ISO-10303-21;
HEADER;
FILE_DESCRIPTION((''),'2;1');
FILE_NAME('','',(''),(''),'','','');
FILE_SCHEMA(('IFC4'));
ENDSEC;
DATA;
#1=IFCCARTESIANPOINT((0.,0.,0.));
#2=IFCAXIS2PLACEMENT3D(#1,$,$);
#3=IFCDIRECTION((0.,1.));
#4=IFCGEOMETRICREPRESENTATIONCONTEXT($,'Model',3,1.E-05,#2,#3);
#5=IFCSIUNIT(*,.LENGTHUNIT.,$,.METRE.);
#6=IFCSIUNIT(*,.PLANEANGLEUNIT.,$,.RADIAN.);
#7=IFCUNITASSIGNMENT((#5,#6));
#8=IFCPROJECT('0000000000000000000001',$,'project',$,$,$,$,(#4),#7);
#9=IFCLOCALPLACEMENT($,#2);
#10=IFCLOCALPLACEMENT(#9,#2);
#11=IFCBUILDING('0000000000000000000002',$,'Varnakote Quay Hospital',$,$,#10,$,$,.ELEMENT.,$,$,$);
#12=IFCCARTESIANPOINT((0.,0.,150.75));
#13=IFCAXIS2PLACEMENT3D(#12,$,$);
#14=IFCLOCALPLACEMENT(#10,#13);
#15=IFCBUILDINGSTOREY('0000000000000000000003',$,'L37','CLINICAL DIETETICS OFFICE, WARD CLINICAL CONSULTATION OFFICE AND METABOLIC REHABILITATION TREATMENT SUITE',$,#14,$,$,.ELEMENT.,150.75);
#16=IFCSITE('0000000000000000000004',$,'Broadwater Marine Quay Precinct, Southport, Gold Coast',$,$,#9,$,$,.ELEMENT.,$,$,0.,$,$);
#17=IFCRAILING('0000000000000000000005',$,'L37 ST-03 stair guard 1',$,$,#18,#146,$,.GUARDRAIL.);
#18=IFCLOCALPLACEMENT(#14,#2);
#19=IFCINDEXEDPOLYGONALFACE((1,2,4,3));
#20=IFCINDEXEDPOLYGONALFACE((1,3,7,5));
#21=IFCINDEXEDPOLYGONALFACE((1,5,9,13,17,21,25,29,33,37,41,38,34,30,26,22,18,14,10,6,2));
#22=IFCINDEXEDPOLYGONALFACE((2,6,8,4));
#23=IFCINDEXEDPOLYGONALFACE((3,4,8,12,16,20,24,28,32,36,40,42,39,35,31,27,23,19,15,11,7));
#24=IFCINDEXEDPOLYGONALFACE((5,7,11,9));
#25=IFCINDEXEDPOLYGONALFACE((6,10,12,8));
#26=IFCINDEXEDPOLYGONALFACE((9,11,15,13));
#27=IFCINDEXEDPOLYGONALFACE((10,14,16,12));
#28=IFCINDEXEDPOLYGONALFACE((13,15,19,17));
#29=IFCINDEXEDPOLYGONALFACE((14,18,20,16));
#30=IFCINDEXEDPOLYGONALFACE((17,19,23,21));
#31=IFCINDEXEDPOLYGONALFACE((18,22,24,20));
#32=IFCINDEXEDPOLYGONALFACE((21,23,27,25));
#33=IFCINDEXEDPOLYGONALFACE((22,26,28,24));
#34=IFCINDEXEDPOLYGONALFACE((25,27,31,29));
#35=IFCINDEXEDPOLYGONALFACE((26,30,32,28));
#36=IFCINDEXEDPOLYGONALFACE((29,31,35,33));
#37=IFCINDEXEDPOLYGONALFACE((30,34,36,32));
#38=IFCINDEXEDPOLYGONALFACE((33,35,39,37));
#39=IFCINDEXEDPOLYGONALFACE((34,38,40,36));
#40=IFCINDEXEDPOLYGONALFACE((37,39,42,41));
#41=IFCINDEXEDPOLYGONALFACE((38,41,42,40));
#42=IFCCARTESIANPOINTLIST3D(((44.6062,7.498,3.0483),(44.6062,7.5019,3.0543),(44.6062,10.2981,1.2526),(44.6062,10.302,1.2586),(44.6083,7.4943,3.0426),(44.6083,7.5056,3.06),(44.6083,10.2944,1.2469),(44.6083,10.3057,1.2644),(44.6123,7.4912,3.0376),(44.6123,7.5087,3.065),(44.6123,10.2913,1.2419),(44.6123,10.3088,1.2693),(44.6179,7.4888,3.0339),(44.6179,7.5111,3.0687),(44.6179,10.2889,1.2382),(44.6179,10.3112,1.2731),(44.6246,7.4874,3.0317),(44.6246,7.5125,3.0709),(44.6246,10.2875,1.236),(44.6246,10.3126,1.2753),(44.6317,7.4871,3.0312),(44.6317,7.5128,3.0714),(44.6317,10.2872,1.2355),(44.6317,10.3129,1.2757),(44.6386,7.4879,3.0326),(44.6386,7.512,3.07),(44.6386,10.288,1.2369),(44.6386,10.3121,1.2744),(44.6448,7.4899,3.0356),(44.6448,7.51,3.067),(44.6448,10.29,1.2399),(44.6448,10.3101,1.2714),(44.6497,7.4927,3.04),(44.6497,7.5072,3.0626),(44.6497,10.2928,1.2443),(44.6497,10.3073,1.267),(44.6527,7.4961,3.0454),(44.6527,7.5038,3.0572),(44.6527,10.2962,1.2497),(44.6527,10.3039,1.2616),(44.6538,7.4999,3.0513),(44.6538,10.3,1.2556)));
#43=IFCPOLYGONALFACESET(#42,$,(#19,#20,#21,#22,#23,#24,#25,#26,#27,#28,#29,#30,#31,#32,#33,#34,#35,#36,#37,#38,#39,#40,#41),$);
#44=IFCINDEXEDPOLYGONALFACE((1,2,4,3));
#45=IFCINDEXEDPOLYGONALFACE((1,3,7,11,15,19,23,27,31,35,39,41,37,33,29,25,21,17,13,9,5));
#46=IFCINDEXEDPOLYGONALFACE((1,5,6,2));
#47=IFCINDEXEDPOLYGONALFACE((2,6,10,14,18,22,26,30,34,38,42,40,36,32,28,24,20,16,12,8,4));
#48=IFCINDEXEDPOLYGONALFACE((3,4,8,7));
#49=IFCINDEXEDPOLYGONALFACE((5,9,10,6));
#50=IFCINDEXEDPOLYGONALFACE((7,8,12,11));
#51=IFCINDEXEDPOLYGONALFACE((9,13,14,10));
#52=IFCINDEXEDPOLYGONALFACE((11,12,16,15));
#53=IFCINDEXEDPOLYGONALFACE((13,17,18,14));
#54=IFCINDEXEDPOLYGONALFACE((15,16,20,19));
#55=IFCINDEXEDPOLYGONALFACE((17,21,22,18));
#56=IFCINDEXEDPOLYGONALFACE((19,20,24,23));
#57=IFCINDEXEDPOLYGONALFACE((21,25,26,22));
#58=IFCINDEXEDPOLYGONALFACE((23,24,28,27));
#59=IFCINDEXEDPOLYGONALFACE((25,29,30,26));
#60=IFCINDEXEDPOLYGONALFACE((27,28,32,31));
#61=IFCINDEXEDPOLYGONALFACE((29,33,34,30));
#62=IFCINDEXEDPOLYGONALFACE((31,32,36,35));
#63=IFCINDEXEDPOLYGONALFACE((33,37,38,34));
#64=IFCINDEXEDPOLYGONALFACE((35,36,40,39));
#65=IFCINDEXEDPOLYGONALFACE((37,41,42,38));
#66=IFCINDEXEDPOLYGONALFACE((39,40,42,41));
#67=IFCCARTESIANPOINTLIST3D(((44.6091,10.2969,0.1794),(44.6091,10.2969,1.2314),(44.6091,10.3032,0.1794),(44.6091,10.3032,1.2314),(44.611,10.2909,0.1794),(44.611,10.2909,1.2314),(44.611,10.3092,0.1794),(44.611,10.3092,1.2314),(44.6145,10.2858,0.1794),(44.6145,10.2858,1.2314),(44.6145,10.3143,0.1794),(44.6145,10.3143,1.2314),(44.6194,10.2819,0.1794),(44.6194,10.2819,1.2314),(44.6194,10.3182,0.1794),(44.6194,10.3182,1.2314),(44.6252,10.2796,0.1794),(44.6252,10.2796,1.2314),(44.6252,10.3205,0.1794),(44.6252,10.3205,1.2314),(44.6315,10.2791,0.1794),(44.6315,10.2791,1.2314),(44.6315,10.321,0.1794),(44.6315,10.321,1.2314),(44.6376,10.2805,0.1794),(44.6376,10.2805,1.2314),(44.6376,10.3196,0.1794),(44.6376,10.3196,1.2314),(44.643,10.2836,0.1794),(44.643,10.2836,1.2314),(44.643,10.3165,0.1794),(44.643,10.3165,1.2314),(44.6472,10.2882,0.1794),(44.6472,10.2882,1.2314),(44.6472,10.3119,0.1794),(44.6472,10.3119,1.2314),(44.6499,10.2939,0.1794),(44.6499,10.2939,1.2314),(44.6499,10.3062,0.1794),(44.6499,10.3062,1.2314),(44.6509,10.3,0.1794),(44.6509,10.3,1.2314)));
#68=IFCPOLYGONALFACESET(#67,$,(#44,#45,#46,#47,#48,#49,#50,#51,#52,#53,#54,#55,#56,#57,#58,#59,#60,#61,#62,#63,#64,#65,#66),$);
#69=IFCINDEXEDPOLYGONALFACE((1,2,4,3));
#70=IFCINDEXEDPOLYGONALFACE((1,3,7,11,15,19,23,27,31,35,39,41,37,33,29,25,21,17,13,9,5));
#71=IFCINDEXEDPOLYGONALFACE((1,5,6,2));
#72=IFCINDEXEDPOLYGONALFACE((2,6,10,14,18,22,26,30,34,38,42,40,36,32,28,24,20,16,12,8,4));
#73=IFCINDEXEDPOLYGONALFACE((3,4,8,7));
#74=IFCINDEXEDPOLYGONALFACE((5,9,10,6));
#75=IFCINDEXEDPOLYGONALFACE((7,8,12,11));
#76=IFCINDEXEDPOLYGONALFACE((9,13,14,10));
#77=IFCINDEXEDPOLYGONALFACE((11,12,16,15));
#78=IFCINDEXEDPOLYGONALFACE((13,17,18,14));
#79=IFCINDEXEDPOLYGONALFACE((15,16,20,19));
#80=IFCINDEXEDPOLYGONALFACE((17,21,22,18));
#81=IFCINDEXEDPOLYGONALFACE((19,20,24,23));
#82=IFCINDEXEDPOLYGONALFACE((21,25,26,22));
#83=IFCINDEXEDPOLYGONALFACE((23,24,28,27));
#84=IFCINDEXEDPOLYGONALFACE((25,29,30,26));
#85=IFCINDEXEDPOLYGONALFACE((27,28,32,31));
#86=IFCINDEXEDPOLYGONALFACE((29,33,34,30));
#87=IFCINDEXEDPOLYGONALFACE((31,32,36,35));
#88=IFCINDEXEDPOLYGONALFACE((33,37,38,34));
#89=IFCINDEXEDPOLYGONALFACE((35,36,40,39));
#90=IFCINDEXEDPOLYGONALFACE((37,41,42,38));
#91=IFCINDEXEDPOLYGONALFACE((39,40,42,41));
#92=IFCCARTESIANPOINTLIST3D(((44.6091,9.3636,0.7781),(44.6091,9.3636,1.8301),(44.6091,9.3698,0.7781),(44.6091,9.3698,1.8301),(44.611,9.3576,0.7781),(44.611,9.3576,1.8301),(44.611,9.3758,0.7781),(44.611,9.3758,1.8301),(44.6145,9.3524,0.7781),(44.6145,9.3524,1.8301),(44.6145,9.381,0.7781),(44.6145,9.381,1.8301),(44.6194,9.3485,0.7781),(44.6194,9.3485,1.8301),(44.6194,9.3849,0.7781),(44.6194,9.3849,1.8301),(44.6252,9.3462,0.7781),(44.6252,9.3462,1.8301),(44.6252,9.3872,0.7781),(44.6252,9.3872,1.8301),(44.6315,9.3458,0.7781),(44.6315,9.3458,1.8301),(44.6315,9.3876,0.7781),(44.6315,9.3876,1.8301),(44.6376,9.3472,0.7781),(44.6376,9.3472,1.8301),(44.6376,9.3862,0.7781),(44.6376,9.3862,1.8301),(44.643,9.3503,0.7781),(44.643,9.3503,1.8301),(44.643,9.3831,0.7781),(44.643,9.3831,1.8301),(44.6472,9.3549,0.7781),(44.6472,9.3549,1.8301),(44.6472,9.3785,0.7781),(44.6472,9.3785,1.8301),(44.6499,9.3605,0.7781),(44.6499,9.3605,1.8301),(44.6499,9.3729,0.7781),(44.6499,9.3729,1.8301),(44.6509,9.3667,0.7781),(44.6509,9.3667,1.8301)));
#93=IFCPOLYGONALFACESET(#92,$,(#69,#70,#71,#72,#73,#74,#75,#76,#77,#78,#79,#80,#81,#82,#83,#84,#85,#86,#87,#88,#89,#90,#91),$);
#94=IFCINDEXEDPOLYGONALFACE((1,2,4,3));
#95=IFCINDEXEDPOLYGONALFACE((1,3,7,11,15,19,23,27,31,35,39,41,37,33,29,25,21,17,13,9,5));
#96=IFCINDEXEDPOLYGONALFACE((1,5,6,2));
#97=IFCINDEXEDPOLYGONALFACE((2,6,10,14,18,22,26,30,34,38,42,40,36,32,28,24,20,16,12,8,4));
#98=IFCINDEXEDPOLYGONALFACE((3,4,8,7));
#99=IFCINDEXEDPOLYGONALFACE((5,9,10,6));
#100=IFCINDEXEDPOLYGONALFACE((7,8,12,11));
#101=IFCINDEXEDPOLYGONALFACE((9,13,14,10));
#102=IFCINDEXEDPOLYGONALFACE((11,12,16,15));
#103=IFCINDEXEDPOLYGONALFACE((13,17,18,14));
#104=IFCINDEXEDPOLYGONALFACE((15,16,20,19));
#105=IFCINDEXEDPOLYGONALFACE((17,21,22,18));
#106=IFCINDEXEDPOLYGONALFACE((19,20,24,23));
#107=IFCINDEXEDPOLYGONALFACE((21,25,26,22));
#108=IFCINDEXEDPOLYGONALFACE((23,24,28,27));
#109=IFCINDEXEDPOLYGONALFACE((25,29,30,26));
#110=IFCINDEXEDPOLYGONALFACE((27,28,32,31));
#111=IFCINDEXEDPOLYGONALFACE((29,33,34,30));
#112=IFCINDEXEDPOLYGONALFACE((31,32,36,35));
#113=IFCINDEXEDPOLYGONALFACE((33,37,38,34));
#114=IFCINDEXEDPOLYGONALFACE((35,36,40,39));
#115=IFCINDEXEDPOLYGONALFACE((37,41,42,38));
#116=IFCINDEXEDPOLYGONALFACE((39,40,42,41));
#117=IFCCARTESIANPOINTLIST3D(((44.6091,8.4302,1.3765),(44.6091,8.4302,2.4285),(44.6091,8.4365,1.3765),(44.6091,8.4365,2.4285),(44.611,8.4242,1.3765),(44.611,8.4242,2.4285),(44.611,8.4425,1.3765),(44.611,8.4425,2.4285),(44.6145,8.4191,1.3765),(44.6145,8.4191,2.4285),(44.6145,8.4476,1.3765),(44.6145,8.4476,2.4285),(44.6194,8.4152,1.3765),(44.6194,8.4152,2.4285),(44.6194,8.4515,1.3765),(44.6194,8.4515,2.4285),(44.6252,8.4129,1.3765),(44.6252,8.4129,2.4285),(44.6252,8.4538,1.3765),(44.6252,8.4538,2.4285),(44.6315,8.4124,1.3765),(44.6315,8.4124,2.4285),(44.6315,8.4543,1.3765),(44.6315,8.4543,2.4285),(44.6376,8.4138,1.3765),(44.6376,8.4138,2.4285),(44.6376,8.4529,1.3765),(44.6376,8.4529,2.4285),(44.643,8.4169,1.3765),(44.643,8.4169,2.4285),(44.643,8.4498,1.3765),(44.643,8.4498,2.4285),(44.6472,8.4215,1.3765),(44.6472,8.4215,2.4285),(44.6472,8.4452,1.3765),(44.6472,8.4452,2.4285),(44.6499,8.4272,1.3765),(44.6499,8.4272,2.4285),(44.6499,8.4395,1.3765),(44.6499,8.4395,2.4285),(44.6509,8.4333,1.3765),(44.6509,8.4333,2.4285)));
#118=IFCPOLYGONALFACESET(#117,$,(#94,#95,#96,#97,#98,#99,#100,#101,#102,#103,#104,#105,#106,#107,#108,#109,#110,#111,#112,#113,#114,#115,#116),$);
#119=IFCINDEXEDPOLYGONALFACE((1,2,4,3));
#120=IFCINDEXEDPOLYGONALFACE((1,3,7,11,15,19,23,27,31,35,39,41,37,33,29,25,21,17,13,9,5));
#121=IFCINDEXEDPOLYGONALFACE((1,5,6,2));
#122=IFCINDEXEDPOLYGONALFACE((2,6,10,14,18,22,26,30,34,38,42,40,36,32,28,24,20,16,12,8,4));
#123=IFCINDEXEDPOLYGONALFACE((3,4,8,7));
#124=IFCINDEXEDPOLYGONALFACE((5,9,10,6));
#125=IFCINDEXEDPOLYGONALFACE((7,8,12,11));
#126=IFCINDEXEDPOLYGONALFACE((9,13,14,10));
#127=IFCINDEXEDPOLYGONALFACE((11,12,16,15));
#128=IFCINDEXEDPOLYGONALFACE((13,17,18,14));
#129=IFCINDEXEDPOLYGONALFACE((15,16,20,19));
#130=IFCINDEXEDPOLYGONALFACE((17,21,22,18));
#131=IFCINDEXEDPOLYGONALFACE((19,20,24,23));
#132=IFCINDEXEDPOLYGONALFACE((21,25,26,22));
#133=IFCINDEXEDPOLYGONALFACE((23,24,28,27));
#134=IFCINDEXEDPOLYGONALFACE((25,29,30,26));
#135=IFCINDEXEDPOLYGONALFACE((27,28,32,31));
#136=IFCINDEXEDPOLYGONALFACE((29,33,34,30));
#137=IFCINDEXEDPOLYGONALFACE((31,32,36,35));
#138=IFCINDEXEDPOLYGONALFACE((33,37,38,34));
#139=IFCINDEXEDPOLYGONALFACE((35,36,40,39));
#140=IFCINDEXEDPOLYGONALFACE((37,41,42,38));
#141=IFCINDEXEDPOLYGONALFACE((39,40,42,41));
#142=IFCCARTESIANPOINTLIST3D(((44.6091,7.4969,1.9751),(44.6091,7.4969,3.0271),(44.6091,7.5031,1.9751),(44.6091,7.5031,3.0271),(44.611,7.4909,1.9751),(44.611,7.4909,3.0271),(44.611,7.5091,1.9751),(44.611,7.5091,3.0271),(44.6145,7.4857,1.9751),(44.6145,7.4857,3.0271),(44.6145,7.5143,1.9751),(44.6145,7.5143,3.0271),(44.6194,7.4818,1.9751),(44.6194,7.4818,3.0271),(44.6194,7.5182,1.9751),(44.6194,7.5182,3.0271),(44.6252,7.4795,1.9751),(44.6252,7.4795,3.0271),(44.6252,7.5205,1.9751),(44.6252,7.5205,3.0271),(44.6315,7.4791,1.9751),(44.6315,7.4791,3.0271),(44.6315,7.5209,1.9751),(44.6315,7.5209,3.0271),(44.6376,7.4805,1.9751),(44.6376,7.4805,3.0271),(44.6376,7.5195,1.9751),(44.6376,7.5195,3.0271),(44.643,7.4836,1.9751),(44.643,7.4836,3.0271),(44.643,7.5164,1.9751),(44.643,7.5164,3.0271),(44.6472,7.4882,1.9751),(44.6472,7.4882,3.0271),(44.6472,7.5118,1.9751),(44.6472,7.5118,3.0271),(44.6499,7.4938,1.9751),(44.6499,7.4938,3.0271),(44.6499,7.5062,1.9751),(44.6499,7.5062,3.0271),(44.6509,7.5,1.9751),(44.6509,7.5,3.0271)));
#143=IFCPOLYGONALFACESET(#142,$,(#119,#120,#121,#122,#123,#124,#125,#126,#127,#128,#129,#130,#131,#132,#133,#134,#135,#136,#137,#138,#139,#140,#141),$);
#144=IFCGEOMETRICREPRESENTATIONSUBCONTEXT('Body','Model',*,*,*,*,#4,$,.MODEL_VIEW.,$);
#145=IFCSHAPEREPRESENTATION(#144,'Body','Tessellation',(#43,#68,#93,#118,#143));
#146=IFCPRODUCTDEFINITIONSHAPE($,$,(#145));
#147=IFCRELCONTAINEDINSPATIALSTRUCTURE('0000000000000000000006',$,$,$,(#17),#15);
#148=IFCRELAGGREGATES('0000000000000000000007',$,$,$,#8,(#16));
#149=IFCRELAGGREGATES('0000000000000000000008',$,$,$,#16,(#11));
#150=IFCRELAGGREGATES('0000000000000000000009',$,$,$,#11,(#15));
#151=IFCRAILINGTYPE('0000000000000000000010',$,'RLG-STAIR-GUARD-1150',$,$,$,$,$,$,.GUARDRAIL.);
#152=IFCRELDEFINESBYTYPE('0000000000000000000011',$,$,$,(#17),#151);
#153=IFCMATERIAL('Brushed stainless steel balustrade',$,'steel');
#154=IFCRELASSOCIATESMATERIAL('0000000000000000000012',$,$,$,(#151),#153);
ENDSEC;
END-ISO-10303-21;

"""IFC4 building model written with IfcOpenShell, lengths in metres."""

from ifc_helpers import new_model, si_unit, direction, frame, origin, origin_2d, place, context, subcontext, project, spatial, circle, extrude, material, type_object, element, save


model = new_model("IFC4")

# Units and contexts
model_context = context("Model", 3, precision=1e-05, world=origin(), true_north=direction((0.0, 1.0)))
body_context = subcontext(model_context, "Body", "Model", "MODEL_VIEW")
ifc_project = project(units=[si_unit("LENGTHUNIT", "METRE"), si_unit("PLANEANGLEUNIT", "RADIAN")], contexts=[model_context])

# Site, building, storey
site_placement = place(None, origin())
site = spatial("IfcSite", under=ifc_project, at=site_placement, Name="Broadwater Marine Quay Precinct, Southport, Gold Coast", CompositionType="ELEMENT", RefElevation=0.0)
building_placement = place(site_placement, origin())
building = spatial("IfcBuilding", under=site, at=building_placement, Name="Varnakote Quay Hospital", CompositionType="ELEMENT")
storey_placement = place(building_placement, frame((0.0, 0.0, 150.75)))
storey = spatial("IfcBuildingStorey", under=building, at=storey_placement, Name="L37", Description="CLINICAL DIETETICS OFFICE, WARD CLINICAL CONSULTATION OFFICE AND METABOLIC REHABILITATION TREATMENT SUITE", CompositionType="ELEMENT", Elevation=150.75)

# Railing
ifc_material_1 = material(Name="Brushed stainless steel balustrade", Category="steel")
railing_type_1 = type_object("IfcRailingType", Name="RLG-STAIR-GUARD-1150", PredefinedType="GUARDRAIL", material=ifc_material_1)
railing_1_placement = place(storey_placement, frame((44.6299, 10.3, 0.1794)))
element("IfcRailing", 1, at=railing_1_placement, inside=storey, type_object=railing_type_1, Name="L37 ST-03 stair guard 1", PredefinedType="GUARDRAIL", context=body_context, shape_type="SweptSolid", body=[
    extrude(circle(Radius=0.0239, at=origin_2d()), frame((0.0, 0.0, 1.0762), z_axis=(0.0, -0.841777, 0.539826), x_axis=(1.0, 0.0, 0.0)), (0.0, 0.0, 1.0), 3.3264),
    extrude(circle(Radius=0.021, at=origin_2d()), origin(), (0.0, 0.0, 1.0), 1.052),
    extrude(circle(Radius=0.021, at=origin_2d()), frame((0.0, -0.9333, 0.5986)), (0.0, 0.0, 1.0), 1.052),
    extrude(circle(Radius=0.021, at=origin_2d()), frame((0.0, -1.8667, 1.197)), (0.0, 0.0, 1.0), 1.052),
    extrude(circle(Radius=0.021, at=origin_2d()), frame((0.0, -2.8, 1.7957)), (0.0, 0.0, 1.0), 1.052),
])

save(model, "model.ifc")
